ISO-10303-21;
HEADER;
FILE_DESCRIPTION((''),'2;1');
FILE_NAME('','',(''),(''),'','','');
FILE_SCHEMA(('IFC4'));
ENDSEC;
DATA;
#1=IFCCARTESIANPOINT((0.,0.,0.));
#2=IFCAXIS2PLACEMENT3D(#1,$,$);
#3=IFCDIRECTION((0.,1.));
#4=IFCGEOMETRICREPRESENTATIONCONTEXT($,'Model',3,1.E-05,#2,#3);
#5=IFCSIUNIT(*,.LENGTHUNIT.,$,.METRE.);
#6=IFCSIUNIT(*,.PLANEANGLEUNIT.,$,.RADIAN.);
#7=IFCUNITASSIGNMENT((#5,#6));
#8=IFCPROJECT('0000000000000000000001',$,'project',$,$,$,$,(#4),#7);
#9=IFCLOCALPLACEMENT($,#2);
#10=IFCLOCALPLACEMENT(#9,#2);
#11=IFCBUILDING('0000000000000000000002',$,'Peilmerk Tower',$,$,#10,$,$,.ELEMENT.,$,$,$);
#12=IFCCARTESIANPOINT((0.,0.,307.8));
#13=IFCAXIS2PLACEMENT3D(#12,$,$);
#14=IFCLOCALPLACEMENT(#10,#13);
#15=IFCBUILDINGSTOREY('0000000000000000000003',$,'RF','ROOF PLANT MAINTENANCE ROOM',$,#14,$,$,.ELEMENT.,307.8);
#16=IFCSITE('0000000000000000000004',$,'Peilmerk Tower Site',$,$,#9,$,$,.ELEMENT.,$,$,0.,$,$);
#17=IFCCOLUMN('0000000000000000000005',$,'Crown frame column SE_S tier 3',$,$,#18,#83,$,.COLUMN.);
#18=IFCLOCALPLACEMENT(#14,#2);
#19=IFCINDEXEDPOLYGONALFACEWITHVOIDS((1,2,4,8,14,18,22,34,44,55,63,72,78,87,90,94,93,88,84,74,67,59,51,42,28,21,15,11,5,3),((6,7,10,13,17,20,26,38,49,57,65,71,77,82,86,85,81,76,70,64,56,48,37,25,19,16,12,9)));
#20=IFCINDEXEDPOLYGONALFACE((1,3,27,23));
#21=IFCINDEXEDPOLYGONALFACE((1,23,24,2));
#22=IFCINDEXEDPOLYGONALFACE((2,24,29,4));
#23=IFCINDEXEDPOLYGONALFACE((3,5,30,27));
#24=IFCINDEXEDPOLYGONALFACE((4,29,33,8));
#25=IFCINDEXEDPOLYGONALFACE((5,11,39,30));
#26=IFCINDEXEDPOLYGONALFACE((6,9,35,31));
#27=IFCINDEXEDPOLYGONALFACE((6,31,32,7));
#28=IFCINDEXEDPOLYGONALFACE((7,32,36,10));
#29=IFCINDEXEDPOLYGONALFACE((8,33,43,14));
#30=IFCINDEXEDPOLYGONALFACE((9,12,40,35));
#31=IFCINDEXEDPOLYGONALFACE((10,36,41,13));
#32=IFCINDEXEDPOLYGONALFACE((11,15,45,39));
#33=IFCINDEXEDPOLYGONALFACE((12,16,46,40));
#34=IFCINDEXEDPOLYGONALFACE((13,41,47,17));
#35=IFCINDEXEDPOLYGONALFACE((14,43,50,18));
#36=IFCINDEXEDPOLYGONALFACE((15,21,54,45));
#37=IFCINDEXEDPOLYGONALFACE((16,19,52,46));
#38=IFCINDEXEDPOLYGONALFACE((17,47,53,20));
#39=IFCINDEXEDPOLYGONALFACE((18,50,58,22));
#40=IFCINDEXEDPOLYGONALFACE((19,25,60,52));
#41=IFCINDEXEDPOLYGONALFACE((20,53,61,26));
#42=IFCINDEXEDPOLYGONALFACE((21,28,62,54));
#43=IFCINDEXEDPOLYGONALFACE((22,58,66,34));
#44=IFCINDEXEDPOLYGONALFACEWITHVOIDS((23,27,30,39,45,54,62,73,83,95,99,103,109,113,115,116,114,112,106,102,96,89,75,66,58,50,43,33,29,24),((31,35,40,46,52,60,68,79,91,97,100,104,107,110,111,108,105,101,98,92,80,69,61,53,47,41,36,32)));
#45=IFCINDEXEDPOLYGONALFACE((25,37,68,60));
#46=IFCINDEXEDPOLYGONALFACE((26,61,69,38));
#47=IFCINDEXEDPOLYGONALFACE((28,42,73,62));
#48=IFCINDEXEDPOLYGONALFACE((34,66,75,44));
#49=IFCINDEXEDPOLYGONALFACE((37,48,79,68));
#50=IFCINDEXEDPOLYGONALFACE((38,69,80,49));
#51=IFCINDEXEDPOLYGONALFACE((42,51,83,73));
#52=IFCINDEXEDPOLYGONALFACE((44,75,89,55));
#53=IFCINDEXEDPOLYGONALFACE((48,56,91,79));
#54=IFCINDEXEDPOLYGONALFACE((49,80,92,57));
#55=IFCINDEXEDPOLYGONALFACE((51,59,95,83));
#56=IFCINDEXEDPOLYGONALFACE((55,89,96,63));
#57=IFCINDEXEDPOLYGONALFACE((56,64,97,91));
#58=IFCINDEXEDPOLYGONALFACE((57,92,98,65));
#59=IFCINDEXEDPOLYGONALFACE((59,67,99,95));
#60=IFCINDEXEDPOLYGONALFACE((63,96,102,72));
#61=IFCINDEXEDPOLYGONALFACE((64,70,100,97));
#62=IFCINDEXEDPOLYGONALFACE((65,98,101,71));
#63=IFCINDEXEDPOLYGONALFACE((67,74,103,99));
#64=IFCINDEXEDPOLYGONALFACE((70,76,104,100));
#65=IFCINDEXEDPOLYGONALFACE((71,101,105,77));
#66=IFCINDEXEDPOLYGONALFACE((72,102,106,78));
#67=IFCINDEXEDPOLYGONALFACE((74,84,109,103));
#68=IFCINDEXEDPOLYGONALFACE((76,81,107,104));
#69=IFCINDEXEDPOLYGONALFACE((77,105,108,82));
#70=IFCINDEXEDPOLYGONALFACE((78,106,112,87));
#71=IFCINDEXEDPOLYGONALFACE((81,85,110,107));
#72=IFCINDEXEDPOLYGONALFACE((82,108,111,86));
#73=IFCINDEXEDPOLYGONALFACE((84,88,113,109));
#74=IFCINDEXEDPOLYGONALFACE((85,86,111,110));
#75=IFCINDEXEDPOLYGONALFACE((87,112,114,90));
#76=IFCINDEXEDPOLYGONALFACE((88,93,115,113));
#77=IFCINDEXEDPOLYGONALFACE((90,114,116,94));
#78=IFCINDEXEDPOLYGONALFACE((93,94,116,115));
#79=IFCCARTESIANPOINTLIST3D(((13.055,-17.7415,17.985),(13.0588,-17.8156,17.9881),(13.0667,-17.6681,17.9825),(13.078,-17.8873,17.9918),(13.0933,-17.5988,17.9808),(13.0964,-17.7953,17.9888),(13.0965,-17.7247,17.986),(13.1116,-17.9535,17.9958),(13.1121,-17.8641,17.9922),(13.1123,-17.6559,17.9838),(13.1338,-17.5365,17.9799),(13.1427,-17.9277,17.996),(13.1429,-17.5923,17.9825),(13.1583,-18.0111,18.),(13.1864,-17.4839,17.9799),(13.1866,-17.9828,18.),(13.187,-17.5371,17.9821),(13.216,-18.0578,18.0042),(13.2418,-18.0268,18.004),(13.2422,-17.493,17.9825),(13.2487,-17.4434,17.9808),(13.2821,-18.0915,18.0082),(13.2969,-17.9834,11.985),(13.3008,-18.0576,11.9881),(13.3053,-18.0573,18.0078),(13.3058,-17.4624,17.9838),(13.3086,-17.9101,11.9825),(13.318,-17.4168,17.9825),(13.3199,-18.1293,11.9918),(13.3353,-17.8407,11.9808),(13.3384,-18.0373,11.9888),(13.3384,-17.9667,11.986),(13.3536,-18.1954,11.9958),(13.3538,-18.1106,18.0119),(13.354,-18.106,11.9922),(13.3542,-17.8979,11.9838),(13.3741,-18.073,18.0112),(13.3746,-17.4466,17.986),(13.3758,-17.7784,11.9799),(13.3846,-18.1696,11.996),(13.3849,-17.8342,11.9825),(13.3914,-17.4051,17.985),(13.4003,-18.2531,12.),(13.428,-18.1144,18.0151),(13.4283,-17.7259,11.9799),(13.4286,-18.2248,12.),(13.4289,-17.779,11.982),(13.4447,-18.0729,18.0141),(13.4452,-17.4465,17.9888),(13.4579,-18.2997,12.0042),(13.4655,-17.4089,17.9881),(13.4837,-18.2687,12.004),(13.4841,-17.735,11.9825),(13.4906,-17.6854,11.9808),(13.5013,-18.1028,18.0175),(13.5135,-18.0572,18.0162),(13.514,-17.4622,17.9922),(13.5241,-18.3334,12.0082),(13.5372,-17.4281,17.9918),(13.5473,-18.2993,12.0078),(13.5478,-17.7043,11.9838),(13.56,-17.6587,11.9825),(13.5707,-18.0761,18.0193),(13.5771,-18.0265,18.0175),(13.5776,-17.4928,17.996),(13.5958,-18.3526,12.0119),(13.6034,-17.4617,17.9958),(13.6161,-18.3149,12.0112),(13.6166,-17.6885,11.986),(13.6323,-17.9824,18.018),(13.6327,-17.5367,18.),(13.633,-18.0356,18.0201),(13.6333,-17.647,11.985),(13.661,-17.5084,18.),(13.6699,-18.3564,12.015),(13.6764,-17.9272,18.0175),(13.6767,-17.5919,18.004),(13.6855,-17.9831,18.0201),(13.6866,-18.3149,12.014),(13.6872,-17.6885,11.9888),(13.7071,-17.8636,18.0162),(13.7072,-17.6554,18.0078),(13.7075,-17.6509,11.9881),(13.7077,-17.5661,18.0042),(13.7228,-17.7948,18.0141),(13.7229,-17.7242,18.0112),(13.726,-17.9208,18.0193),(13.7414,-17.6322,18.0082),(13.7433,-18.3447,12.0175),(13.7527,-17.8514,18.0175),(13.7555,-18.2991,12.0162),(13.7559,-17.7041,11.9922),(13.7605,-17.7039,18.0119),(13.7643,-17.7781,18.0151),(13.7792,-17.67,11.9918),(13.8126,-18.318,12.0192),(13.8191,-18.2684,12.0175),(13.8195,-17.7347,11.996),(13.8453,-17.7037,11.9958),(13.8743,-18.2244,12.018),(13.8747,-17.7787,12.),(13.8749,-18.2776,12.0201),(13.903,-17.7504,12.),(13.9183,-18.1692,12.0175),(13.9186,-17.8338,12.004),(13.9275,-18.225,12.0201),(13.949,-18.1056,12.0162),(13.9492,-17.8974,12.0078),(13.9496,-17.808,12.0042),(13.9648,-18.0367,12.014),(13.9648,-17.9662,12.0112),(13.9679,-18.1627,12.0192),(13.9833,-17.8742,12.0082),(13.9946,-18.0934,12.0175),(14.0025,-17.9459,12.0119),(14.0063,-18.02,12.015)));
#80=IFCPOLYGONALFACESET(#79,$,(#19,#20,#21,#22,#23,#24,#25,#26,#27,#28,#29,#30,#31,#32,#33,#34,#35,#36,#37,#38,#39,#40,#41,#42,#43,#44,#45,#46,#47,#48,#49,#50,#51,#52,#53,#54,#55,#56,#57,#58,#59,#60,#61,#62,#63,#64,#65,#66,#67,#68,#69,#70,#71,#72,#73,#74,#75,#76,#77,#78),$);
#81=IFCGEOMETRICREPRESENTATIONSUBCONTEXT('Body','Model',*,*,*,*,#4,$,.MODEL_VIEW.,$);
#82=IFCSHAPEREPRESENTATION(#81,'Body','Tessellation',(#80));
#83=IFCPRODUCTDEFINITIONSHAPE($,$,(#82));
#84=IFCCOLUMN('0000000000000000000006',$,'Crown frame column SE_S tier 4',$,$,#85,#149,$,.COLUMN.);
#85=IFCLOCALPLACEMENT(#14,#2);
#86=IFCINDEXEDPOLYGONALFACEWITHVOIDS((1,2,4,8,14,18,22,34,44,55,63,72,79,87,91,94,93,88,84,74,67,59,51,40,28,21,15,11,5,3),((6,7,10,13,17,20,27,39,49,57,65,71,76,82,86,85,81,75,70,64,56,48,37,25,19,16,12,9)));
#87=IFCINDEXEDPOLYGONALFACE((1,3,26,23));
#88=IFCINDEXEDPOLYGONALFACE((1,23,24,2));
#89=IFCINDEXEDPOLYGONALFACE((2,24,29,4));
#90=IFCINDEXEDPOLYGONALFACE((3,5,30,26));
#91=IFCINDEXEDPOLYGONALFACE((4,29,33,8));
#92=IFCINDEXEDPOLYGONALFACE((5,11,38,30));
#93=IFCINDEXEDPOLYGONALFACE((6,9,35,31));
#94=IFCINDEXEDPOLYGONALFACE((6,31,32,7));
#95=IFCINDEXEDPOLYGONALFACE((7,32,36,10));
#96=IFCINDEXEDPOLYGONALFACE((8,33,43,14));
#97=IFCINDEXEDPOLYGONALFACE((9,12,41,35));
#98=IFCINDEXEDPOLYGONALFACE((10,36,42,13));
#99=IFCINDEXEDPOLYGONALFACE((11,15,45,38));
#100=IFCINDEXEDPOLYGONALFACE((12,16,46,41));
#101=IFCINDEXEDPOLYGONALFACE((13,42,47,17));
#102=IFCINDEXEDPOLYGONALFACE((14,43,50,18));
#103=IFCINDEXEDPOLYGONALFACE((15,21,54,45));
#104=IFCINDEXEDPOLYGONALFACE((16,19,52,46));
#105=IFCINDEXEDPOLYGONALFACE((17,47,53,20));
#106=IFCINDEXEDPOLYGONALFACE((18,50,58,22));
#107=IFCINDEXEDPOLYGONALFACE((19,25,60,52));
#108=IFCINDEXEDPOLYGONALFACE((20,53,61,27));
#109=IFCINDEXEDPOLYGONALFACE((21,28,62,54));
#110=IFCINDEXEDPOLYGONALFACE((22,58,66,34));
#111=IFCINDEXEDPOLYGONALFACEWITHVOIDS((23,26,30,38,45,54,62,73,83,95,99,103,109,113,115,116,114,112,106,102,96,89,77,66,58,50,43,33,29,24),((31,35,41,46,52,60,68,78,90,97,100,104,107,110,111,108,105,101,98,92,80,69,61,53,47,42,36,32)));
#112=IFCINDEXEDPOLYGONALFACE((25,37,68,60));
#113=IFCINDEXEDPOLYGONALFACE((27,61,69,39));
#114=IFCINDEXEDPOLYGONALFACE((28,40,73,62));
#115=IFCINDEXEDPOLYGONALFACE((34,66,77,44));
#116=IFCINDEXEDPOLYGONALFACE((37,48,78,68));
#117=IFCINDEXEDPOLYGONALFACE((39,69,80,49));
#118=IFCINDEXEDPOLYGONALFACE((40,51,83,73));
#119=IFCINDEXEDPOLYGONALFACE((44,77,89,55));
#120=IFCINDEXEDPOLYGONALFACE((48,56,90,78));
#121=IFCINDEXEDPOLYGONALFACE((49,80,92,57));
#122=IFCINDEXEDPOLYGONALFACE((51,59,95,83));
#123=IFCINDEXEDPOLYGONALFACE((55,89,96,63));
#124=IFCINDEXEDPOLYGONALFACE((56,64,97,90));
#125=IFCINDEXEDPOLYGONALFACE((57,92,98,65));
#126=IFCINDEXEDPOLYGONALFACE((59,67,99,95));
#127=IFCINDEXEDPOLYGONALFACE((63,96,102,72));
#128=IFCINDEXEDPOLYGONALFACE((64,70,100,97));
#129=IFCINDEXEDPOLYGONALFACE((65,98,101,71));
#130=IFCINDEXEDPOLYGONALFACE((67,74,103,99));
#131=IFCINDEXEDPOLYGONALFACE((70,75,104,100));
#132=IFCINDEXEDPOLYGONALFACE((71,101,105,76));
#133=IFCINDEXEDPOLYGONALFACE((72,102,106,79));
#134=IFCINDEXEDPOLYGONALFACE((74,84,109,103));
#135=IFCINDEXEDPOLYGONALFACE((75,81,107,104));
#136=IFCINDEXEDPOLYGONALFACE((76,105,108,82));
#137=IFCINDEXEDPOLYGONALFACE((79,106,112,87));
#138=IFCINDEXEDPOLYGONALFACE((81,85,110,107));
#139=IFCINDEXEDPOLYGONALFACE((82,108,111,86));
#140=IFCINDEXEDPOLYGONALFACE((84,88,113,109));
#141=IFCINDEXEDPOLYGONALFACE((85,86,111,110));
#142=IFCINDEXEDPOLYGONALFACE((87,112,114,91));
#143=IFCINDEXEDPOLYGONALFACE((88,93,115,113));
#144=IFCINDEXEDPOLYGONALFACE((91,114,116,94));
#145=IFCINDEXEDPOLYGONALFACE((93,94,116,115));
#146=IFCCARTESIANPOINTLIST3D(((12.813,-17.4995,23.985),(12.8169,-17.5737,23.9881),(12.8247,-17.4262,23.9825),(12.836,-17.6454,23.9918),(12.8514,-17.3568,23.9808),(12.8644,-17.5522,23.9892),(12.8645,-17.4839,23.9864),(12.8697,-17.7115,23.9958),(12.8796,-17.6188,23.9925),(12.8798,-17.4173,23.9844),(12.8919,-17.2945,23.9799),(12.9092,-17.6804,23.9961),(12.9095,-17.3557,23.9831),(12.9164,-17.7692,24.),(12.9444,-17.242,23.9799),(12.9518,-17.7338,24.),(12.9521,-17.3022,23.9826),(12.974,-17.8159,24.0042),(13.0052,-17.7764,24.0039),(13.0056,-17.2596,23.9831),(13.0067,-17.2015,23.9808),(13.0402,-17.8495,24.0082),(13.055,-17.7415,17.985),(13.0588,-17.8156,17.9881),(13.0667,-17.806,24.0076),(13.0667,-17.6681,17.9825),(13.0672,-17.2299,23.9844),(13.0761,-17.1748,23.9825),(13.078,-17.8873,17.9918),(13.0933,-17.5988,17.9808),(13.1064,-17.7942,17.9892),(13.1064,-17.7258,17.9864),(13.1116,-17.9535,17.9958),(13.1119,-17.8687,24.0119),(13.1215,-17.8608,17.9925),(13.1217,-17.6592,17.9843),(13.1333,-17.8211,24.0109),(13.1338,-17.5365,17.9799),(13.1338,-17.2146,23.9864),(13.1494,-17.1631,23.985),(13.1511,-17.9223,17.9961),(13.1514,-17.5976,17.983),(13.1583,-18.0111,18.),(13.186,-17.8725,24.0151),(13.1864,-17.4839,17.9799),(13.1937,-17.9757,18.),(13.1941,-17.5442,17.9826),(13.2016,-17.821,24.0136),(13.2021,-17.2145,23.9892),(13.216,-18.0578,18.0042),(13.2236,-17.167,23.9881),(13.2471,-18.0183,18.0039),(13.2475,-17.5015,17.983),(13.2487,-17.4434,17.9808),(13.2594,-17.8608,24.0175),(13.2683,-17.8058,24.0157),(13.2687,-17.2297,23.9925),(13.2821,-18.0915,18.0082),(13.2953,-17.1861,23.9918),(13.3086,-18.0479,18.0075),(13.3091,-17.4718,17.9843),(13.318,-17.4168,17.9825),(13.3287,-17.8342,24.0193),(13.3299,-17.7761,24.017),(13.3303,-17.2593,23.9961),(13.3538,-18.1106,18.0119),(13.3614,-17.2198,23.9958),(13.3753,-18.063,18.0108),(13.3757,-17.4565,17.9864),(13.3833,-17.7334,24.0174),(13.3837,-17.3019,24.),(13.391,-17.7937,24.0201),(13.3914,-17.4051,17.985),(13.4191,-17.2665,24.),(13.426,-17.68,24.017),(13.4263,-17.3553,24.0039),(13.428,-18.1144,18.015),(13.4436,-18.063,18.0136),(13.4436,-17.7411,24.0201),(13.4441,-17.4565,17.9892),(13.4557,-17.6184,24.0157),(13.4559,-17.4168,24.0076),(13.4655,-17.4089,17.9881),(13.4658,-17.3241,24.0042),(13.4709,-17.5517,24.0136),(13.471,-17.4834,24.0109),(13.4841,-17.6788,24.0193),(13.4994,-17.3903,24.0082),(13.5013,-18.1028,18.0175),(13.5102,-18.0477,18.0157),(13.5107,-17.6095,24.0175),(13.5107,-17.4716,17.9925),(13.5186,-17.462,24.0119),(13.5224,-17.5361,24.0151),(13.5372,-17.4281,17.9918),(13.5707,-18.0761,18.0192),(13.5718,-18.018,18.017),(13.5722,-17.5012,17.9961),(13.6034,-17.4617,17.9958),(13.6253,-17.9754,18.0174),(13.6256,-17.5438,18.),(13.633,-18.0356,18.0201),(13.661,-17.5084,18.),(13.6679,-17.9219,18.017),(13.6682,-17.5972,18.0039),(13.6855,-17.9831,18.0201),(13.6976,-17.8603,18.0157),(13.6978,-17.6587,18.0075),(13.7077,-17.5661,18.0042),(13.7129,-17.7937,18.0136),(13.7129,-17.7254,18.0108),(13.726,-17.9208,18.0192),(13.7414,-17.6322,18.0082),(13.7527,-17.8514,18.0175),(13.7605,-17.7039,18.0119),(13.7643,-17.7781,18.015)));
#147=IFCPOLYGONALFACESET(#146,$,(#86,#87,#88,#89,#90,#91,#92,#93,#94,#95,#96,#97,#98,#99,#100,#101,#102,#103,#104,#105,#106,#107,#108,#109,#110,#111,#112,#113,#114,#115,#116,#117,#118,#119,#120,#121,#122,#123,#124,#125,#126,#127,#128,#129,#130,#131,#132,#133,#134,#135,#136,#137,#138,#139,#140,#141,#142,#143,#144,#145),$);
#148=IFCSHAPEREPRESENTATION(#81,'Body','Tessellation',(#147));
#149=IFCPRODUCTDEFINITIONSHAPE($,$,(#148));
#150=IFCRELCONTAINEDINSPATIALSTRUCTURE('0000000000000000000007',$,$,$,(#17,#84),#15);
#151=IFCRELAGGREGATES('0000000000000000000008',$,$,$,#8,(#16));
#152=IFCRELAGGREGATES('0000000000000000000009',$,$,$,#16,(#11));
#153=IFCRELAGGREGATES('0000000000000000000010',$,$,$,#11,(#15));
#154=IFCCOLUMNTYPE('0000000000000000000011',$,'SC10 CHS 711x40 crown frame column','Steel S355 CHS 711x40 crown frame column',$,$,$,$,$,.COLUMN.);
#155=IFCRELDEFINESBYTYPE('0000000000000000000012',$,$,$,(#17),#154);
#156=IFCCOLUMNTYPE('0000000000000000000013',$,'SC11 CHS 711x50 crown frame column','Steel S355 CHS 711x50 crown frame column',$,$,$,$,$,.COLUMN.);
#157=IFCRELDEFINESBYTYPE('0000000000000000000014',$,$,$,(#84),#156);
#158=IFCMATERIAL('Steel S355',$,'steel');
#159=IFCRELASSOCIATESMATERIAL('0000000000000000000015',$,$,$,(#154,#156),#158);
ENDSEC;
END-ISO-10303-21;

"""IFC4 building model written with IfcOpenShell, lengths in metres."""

from ifc_helpers import new_model, si_unit, direction, frame, origin, origin_2d, place, context, subcontext, project, spatial, hollow_circle, extrude, material, material_profile, profile_set, type_object, element, save


model = new_model("IFC4")

# Units and contexts
model_context = context("Model", 3, precision=1e-05, world=origin(), true_north=direction((0.0, 1.0)))
body_context = subcontext(model_context, "Body", "Model", "MODEL_VIEW")
ifc_project = project(units=[si_unit("LENGTHUNIT", "METRE"), si_unit("PLANEANGLEUNIT", "RADIAN")], contexts=[model_context])

# Site, building, storey
site_placement = place(None, origin())
site = spatial("IfcSite", under=ifc_project, at=site_placement, Name="Peilmerk Tower Site", CompositionType="ELEMENT", RefElevation=0.0)
building_placement = place(site_placement, origin())
building = spatial("IfcBuilding", under=site, at=building_placement, Name="Peilmerk Tower", CompositionType="ELEMENT")
storey_placement = place(building_placement, frame((0.0, 0.0, 307.8)))
storey = spatial("IfcBuildingStorey", under=building, at=storey_placement, Name="RF", Description="ROOF PLANT MAINTENANCE ROOM", CompositionType="ELEMENT", Elevation=307.8)

# Columns
ifc_material_1 = material(Name="Steel S355", Category="steel")
ifc_material_profile_1 = material_profile(ifc_material_1, hollow_circle(Radius=0.3555, WallThickness=0.04, at=origin_2d()), Name="CHS 711x40")
ifc_profile_set_1 = profile_set([ifc_material_profile_1], Name="Steel S355")
column_type_1 = type_object("IfcColumnType", Name="SC10 CHS 711x40 crown frame column", Description="Steel S355 CHS 711x40 crown frame column", PredefinedType="COLUMN", material=ifc_profile_set_1)
column_1_placement = place(storey_placement, frame((13.6516, -18.0017, 12.0), z_axis=(-0.040258, 0.040258, 0.998378), x_axis=(-0.707107, -0.707107, 0.0)))
element("IfcColumn", 1, at=column_1_placement, inside=storey, type_object=column_type_1, Name="Crown frame column SE_S tier 3", PredefinedType="COLUMN", context=body_context, shape_type="SweptSolid", body=[
    extrude(hollow_circle(Radius=0.3555, WallThickness=0.04, at=origin_2d()), origin(), (0.0, 0.0, 1.0), 6.0098),
])
ifc_material_profile_2 = material_profile(ifc_material_1, hollow_circle(Radius=0.3555, WallThickness=0.05, at=origin_2d()), Name="CHS 711x50")
ifc_profile_set_2 = profile_set([ifc_material_profile_2], Name="Steel S355")
column_type_2 = type_object("IfcColumnType", Name="SC11 CHS 711x50 crown frame column", Description="Steel S355 CHS 711x50 crown frame column", PredefinedType="COLUMN", material=ifc_profile_set_2)
column_2_placement = place(storey_placement, frame((13.4097, -17.7598, 18.0), z_axis=(-0.040258, 0.040258, 0.998378), x_axis=(-0.707107, -0.707107, 0.0)))
element("IfcColumn", 2, at=column_2_placement, inside=storey, type_object=column_type_2, Name="Crown frame column SE_S tier 4", PredefinedType="COLUMN", context=body_context, shape_type="SweptSolid", body=[
    extrude(hollow_circle(Radius=0.3555, WallThickness=0.05, at=origin_2d()), origin(), (0.0, 0.0, 1.0), 6.0098),
])

save(model, "model.ifc")
